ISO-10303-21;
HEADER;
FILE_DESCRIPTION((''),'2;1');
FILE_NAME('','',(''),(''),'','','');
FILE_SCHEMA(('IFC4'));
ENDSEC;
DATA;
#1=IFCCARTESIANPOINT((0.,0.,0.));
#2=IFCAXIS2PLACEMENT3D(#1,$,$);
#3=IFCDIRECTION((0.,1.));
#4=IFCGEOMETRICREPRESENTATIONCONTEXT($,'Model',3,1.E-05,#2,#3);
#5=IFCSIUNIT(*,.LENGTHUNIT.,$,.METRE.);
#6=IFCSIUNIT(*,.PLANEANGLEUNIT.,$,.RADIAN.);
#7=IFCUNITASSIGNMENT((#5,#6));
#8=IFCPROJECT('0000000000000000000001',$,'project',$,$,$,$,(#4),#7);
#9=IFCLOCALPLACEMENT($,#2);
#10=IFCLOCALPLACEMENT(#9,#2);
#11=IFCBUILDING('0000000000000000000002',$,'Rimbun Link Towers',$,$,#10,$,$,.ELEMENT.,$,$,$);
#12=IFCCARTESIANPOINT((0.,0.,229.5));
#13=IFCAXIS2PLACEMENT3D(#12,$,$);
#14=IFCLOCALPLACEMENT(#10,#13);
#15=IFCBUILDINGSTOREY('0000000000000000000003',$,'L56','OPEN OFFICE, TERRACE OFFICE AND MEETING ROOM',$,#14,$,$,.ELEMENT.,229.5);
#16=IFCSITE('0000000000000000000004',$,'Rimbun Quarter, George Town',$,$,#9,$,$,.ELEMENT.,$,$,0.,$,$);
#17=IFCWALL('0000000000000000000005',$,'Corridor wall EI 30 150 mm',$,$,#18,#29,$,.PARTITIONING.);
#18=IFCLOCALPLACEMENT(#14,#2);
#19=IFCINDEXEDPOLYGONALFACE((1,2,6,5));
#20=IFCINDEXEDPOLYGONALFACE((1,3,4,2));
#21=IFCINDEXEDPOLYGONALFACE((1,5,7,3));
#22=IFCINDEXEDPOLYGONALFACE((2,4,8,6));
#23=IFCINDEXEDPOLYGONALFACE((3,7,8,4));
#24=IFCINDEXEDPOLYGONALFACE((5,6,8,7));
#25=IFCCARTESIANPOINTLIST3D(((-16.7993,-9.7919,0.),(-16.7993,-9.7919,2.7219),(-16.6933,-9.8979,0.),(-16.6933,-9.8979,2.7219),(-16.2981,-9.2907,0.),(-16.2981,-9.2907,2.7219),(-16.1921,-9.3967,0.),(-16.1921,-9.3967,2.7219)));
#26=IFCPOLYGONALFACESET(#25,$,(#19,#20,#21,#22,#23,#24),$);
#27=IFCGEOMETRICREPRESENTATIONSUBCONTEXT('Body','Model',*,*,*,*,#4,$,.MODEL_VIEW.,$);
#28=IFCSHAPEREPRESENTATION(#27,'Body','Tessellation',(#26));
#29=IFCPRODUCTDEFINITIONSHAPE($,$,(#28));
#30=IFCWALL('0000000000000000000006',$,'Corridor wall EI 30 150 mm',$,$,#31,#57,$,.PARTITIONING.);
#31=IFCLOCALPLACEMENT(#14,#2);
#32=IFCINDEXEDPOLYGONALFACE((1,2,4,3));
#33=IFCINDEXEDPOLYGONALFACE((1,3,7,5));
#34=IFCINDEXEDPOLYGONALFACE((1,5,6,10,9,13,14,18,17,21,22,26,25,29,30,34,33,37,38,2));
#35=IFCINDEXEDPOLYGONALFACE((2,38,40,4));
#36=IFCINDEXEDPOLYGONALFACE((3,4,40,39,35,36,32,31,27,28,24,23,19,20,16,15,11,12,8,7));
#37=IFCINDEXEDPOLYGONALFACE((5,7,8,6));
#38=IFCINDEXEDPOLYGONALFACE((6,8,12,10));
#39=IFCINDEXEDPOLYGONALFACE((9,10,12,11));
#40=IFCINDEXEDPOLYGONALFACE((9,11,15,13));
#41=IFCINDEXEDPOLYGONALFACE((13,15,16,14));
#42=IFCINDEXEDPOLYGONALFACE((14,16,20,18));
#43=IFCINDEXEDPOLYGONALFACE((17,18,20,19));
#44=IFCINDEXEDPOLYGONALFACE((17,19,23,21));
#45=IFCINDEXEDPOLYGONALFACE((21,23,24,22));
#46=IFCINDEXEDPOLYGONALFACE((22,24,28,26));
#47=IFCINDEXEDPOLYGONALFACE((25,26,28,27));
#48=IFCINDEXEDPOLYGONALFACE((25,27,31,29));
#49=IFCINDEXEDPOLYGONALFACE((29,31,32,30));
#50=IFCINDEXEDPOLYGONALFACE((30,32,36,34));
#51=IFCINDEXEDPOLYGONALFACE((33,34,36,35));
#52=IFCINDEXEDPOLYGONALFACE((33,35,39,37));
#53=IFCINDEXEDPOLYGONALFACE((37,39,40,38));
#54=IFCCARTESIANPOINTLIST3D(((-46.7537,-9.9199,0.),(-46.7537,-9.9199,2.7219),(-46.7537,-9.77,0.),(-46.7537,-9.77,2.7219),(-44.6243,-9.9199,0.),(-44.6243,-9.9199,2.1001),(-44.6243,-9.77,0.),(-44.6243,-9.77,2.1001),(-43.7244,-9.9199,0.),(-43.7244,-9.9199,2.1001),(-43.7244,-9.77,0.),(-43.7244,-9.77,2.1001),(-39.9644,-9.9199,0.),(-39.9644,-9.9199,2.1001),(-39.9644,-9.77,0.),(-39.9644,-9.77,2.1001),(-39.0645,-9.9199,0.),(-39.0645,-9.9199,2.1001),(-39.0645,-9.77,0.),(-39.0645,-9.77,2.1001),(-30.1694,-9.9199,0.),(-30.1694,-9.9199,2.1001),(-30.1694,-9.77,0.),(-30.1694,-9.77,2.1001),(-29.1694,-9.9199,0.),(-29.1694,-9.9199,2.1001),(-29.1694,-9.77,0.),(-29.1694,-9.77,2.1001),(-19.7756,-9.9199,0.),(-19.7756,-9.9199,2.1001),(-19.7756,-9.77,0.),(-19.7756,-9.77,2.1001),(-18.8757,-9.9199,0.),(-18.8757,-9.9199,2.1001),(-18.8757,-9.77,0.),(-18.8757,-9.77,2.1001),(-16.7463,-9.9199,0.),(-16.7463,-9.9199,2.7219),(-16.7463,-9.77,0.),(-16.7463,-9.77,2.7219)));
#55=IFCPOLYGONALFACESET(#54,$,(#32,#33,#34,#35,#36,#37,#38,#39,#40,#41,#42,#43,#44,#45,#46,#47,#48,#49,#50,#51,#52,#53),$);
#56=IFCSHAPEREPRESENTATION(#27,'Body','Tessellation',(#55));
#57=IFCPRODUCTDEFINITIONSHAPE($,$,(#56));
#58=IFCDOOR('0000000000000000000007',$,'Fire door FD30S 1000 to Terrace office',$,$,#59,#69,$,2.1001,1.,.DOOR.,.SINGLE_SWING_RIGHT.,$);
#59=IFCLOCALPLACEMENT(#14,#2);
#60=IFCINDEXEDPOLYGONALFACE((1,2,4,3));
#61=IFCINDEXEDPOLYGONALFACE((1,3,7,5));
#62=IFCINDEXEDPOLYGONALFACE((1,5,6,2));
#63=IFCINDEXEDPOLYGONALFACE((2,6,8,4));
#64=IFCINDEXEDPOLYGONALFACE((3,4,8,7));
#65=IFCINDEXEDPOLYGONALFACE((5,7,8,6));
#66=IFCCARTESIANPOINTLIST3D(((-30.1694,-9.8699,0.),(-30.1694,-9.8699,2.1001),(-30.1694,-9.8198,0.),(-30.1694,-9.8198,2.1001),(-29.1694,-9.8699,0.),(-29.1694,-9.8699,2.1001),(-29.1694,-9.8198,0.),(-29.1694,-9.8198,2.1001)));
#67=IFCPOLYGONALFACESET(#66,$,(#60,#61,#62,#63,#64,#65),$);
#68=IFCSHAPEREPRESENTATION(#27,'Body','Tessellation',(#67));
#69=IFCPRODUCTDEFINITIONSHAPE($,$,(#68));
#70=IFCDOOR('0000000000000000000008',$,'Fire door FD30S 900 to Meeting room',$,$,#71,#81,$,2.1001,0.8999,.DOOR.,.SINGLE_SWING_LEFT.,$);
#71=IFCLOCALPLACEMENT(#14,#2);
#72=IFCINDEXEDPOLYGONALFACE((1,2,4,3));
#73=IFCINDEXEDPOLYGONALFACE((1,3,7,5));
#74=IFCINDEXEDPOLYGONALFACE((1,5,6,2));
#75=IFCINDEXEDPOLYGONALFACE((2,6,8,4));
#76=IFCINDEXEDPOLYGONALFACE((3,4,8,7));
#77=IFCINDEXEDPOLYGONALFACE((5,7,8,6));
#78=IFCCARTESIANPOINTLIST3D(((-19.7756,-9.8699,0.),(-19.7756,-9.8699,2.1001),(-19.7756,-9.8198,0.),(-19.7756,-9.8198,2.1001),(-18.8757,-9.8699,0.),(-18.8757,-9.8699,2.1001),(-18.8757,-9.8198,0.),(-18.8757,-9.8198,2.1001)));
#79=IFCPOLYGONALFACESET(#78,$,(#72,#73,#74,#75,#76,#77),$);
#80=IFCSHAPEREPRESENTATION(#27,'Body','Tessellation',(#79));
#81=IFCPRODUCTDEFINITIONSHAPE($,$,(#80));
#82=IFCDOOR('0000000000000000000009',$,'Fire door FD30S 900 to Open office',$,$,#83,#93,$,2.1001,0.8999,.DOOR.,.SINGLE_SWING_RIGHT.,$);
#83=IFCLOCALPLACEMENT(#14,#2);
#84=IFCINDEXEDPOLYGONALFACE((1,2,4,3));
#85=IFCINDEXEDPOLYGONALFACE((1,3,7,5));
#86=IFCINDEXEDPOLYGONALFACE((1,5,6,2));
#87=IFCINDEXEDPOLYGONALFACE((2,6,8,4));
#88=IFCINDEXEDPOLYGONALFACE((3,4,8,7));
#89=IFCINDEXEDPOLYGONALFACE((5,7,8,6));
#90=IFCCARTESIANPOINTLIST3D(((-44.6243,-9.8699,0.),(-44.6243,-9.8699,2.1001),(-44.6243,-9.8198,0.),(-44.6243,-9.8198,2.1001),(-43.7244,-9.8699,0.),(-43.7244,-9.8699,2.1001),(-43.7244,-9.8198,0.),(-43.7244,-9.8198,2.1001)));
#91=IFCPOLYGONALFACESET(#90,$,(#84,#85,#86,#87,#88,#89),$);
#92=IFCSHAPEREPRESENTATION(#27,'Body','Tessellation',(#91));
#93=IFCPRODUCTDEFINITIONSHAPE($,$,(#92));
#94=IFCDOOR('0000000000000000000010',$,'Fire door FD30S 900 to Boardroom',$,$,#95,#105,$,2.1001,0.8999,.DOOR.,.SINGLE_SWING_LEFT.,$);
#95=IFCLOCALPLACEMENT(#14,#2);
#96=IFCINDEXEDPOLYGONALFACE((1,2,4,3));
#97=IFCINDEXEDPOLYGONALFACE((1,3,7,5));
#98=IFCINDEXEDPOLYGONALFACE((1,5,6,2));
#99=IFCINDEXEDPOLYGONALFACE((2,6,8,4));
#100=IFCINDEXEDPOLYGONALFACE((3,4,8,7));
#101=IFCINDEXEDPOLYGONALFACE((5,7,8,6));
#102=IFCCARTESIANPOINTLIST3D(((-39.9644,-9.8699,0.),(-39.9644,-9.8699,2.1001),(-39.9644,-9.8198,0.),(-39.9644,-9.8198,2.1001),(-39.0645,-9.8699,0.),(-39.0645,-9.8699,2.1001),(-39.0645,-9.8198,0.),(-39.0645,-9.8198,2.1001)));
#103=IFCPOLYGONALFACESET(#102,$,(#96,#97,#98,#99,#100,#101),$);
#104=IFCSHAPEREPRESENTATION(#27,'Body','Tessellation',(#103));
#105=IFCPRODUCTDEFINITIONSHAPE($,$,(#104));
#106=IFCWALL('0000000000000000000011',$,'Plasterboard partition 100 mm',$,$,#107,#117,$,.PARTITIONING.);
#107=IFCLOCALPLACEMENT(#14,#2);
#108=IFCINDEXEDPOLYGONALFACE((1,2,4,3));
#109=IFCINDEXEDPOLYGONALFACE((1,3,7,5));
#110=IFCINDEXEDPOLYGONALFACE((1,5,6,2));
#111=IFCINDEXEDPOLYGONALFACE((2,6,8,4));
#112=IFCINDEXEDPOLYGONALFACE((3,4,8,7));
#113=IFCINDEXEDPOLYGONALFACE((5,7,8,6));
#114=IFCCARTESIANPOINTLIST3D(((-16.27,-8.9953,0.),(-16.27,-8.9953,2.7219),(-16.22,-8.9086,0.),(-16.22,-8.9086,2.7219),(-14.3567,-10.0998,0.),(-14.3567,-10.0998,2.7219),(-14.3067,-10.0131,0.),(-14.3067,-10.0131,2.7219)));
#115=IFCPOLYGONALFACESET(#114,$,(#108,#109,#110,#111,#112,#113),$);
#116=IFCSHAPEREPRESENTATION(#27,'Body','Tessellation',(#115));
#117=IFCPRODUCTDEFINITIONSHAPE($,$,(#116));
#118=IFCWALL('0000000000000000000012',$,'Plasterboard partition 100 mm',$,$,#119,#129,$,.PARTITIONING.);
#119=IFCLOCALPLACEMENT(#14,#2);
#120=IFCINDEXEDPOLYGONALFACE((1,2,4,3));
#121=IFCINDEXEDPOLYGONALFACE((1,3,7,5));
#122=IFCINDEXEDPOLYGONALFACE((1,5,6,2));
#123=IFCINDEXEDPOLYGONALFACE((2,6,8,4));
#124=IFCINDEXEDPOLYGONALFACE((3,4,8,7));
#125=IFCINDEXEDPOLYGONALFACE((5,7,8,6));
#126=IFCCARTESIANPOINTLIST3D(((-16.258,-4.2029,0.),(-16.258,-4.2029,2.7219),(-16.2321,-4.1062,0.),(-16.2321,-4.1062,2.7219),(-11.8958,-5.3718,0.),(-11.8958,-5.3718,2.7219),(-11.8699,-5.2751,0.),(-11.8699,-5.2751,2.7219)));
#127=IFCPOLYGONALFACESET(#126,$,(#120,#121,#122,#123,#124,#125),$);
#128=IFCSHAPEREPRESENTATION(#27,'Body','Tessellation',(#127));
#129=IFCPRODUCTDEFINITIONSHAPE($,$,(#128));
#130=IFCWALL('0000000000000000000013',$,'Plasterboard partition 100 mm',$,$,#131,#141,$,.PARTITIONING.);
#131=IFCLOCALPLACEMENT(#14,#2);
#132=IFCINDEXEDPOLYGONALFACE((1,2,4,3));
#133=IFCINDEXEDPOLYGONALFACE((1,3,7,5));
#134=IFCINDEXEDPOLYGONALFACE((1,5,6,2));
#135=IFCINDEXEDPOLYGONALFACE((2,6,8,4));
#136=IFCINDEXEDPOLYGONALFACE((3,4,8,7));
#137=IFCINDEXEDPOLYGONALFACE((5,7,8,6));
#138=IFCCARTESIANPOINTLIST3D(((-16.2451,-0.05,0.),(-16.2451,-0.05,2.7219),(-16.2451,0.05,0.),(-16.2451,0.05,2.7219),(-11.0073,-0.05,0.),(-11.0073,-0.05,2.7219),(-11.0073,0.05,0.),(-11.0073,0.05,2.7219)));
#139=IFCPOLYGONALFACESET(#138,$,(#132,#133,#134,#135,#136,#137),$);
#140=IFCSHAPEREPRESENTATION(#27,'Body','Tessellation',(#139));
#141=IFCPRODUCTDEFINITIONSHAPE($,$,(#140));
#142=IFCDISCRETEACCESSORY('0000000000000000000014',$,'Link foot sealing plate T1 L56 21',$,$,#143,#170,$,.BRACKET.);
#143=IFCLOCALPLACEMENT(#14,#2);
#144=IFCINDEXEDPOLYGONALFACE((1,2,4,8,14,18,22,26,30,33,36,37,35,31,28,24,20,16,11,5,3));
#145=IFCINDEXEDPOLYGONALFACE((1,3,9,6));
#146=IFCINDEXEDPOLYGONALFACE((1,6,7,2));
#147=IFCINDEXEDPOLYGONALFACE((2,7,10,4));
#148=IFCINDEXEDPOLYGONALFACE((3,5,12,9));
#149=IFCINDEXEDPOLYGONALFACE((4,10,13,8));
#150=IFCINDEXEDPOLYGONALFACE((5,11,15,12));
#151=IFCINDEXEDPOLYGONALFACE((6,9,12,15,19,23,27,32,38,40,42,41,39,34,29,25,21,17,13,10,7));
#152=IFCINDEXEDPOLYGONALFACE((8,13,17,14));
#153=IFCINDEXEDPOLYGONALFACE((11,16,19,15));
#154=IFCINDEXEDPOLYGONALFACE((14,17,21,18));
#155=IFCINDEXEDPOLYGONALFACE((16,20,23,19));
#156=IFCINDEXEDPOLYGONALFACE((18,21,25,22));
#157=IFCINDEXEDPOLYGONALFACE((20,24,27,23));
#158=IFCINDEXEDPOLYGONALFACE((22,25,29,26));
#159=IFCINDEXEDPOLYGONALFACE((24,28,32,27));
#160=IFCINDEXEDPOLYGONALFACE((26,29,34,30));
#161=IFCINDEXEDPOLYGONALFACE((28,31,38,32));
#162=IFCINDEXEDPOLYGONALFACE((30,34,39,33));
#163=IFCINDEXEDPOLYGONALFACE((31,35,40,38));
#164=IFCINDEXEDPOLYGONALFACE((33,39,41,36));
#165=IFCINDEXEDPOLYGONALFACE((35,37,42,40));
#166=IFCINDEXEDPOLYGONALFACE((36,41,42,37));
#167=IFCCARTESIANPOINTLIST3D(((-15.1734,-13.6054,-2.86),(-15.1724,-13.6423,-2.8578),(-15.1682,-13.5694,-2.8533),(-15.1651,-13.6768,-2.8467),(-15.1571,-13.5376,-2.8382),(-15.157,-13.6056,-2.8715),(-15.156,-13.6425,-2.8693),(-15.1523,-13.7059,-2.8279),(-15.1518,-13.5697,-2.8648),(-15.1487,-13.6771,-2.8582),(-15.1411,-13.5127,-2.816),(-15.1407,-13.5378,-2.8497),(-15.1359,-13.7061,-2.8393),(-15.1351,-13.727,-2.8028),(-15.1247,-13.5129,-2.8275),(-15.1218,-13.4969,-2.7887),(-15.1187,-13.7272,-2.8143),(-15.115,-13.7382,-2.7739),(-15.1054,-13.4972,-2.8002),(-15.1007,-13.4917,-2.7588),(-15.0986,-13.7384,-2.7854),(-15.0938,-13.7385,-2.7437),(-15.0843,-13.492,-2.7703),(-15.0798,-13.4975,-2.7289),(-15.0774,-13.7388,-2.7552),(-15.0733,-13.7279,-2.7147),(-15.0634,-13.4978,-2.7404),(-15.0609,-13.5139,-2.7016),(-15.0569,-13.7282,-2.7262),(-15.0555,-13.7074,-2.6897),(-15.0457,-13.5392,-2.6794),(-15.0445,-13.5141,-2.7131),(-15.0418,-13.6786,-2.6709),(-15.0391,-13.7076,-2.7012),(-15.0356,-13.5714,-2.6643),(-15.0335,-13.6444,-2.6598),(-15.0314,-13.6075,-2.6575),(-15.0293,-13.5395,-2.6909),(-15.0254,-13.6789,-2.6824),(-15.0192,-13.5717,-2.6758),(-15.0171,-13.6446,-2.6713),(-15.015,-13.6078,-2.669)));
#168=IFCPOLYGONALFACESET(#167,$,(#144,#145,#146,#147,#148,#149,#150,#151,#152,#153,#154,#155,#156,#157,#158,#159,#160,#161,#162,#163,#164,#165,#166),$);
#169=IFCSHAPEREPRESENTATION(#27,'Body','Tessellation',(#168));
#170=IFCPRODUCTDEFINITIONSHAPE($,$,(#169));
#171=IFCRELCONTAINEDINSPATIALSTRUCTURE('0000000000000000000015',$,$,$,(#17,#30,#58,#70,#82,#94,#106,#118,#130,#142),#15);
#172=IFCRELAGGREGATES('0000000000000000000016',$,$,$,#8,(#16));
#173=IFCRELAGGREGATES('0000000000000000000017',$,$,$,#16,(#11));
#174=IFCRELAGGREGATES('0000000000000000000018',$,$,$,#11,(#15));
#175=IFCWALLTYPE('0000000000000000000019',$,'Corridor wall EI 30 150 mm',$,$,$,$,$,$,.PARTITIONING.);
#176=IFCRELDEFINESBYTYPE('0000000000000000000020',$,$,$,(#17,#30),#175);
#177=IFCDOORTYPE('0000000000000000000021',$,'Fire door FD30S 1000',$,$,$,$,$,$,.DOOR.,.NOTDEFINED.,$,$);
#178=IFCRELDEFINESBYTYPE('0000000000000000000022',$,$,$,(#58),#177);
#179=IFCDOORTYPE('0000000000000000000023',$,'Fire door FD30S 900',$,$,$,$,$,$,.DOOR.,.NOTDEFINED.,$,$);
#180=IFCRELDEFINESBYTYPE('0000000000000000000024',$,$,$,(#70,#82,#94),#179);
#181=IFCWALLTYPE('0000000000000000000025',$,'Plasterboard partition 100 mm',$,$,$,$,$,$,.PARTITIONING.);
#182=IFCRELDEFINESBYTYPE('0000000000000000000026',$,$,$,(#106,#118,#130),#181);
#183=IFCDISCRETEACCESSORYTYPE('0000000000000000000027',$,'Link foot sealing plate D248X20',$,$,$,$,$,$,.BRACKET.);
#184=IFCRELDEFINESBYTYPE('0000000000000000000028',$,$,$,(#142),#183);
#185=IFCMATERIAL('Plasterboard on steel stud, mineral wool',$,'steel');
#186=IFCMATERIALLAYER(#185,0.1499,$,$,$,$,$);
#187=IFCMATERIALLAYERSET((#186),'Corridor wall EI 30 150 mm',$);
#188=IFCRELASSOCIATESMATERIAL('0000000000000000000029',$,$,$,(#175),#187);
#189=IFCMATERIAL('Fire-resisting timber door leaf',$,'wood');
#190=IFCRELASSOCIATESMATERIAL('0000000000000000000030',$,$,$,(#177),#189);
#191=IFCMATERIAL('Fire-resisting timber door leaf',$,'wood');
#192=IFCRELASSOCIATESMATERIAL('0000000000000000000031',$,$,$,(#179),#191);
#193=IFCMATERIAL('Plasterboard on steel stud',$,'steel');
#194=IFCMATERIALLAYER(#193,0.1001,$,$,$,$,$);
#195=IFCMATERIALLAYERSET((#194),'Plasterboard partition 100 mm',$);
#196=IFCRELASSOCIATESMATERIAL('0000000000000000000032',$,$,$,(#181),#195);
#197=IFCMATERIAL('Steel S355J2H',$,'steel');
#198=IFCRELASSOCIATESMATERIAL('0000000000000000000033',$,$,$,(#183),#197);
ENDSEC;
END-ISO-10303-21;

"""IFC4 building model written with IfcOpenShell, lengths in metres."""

from ifc_helpers import new_model, si_unit, direction, frame, frame_2d, origin, origin_2d, place, context, subcontext, project, spatial, rectangle, circle, extrude, material, layer, layer_set, material_profile, profile_set, type_object, element, fill, save


model = new_model("IFC4")

# Units and contexts
model_context = context("Model", 3, precision=1e-05, world=origin(), true_north=direction((0.0, 1.0)))
body_context = subcontext(model_context, "Body", "Model", "MODEL_VIEW")
ifc_project = project(units=[si_unit("LENGTHUNIT", "METRE"), si_unit("PLANEANGLEUNIT", "RADIAN")], contexts=[model_context])

# Site, building, storey
site_placement = place(None, origin())
site = spatial("IfcSite", under=ifc_project, at=site_placement, Name="Rimbun Quarter, George Town", CompositionType="ELEMENT", RefElevation=0.0)
building_placement = place(site_placement, origin())
building = spatial("IfcBuilding", under=site, at=building_placement, Name="Rimbun Link Towers", CompositionType="ELEMENT")
storey_placement = place(building_placement, frame((0.0, 0.0, 229.5)))
storey = spatial("IfcBuildingStorey", under=building, at=storey_placement, Name="L56", Description="OPEN OFFICE, TERRACE OFFICE AND MEETING ROOM", CompositionType="ELEMENT", Elevation=229.5)

# Wall
ifc_material_1 = material(Name="Plasterboard on steel stud, mineral wool", Category="steel")
ifc_layer_1 = layer(ifc_material_1, 0.1499)
ifc_layer_set_1 = layer_set([ifc_layer_1], Name="Corridor wall EI 30 150 mm")
wall_type_1 = type_object("IfcWallType", Name="Corridor wall EI 30 150 mm", PredefinedType="PARTITIONING", material=ifc_layer_set_1)
wall_1_placement = place(storey_placement, frame((-16.7463, -9.845, 0.0), z_axis=(0.0, 0.0, 1.0), x_axis=(0.707107, 0.707107, 0.0)))
element("IfcWall", 1, at=wall_1_placement, inside=storey, type_object=wall_type_1, Name="Corridor wall EI 30 150 mm", PredefinedType="PARTITIONING", context=body_context, shape_type="SweptSolid", body=[
    extrude(rectangle(XDim=0.7087, YDim=0.1499, at=frame_2d((0.3545, 0.0))), origin(), (0.0, 0.0, 1.0), 2.7219),
])

# Wall, openings, doors
wall_2_placement = place(storey_placement, frame((-16.7463, -9.845, 0.0), z_axis=(0.0, 0.0, 1.0), x_axis=(-1.0, 0.0, 0.0)))
wall_2 = element("IfcWall", 2, at=wall_2_placement, inside=storey, type_object=wall_type_1, Name="Corridor wall EI 30 150 mm", PredefinedType="PARTITIONING", context=body_context, shape_type="SweptSolid", body=[
    extrude(rectangle(XDim=30.0073, YDim=0.1499, at=frame_2d((15.0037, 0.0))), origin(), (0.0, 0.0, 1.0), 2.7219),
])
opening_1_placement = place(wall_2_placement, frame((2.1294, 0.0, 0.0)))
opening_1 = element("IfcOpeningElement", 3, at=opening_1_placement, cuts=wall_2, PredefinedType="OPENING", context=body_context, shape_type="SweptSolid", body=[
    extrude(rectangle(XDim=0.8999, YDim=2.1001, at=frame_2d((0.45, 1.05))), frame((0.0, 0.085, 0.0), z_axis=(0.0, -1.0, 0.0), x_axis=(1.0, 0.0, 0.0)), (0.0, 0.0, 1.0), 0.1699),
])
opening_2_placement = place(wall_2_placement, frame((26.978, 0.0, 0.0)))
opening_2 = element("IfcOpeningElement", 4, at=opening_2_placement, cuts=wall_2, PredefinedType="OPENING", context=body_context, shape_type="SweptSolid", body=[
    extrude(rectangle(XDim=0.8999, YDim=2.1001, at=frame_2d((0.45, 1.05))), frame((0.0, 0.085, 0.0), z_axis=(0.0, -1.0, 0.0), x_axis=(1.0, 0.0, 0.0)), (0.0, 0.0, 1.0), 0.1699),
])
opening_3_placement = place(wall_2_placement, frame((22.3181, 0.0, 0.0)))
opening_3 = element("IfcOpeningElement", 5, at=opening_3_placement, cuts=wall_2, PredefinedType="OPENING", context=body_context, shape_type="SweptSolid", body=[
    extrude(rectangle(XDim=0.8999, YDim=2.1001, at=frame_2d((0.45, 1.05))), frame((0.0, 0.085, 0.0), z_axis=(0.0, -1.0, 0.0), x_axis=(1.0, 0.0, 0.0)), (0.0, 0.0, 1.0), 0.1699),
])
opening_4_placement = place(wall_2_placement, frame((12.4231, 0.0, 0.0)))
opening_4 = element("IfcOpeningElement", 6, at=opening_4_placement, cuts=wall_2, PredefinedType="OPENING", context=body_context, shape_type="SweptSolid", body=[
    extrude(rectangle(XDim=1.0, YDim=2.1001, at=frame_2d((0.5, 1.05))), frame((0.0, 0.085, 0.0), z_axis=(0.0, -1.0, 0.0), x_axis=(1.0, 0.0, 0.0)), (0.0, 0.0, 1.0), 0.1699),
])
ifc_material_2 = material(Name="Fire-resisting timber door leaf", Category="wood")
door_type_1 = type_object("IfcDoorType", Name="Fire door FD30S 1000", OperationType="NOTDEFINED", PredefinedType="DOOR", material=ifc_material_2)
door_1_placement = place(opening_4_placement, origin())
door_1 = element("IfcDoor", 7, at=door_1_placement, inside=storey, type_object=door_type_1, Name="Fire door FD30S 1000 to Terrace office", OperationType="SINGLE_SWING_RIGHT", OverallHeight=2.1001, OverallWidth=1.0, PredefinedType="DOOR", context=body_context, shape_type="SweptSolid", body=[
    extrude(rectangle(XDim=1.0, YDim=2.1001, at=frame_2d((0.5, 1.05))), frame((0.0, 0.0249, 0.0), z_axis=(0.0, -1.0, 0.0), x_axis=(1.0, 0.0, 0.0)), (0.0, 0.0, 1.0), 0.05),
])
fill(opening_4, door_1)
ifc_material_3 = material(Name="Fire-resisting timber door leaf", Category="wood")
door_type_2 = type_object("IfcDoorType", Name="Fire door FD30S 900", OperationType="NOTDEFINED", PredefinedType="DOOR", material=ifc_material_3)
door_2_placement = place(opening_1_placement, origin())
door_2 = element("IfcDoor", 8, at=door_2_placement, inside=storey, type_object=door_type_2, Name="Fire door FD30S 900 to Meeting room", OperationType="SINGLE_SWING_LEFT", OverallHeight=2.1001, OverallWidth=0.8999, PredefinedType="DOOR", context=body_context, shape_type="SweptSolid", body=[
    extrude(rectangle(XDim=0.8999, YDim=2.1001, at=frame_2d((0.45, 1.05))), frame((0.0, 0.0249, 0.0), z_axis=(0.0, -1.0, 0.0), x_axis=(1.0, 0.0, 0.0)), (0.0, 0.0, 1.0), 0.05),
])
fill(opening_1, door_2)
door_3_placement = place(opening_2_placement, origin())
door_3 = element("IfcDoor", 9, at=door_3_placement, inside=storey, type_object=door_type_2, Name="Fire door FD30S 900 to Open office", OperationType="SINGLE_SWING_RIGHT", OverallHeight=2.1001, OverallWidth=0.8999, PredefinedType="DOOR", context=body_context, shape_type="SweptSolid", body=[
    extrude(rectangle(XDim=0.8999, YDim=2.1001, at=frame_2d((0.45, 1.05))), frame((0.0, 0.0249, 0.0), z_axis=(0.0, -1.0, 0.0), x_axis=(1.0, 0.0, 0.0)), (0.0, 0.0, 1.0), 0.05),
])
fill(opening_2, door_3)
door_4_placement = place(opening_3_placement, origin())
door_4 = element("IfcDoor", 10, at=door_4_placement, inside=storey, type_object=door_type_2, Name="Fire door FD30S 900 to Boardroom", OperationType="SINGLE_SWING_LEFT", OverallHeight=2.1001, OverallWidth=0.8999, PredefinedType="DOOR", context=body_context, shape_type="SweptSolid", body=[
    extrude(rectangle(XDim=0.8999, YDim=2.1001, at=frame_2d((0.45, 1.05))), frame((0.0, 0.0249, 0.0), z_axis=(0.0, -1.0, 0.0), x_axis=(1.0, 0.0, 0.0)), (0.0, 0.0, 1.0), 0.05),
])
fill(opening_3, door_4)

# Walls
ifc_material_4 = material(Name="Plasterboard on steel stud", Category="steel")
ifc_layer_2 = layer(ifc_material_4, 0.1001)
ifc_layer_set_2 = layer_set([ifc_layer_2], Name="Plasterboard partition 100 mm")
wall_type_2 = type_object("IfcWallType", Name="Plasterboard partition 100 mm", PredefinedType="PARTITIONING", material=ifc_layer_set_2)
wall_3_placement = place(storey_placement, frame((-14.3318, -10.0564, 0.0), z_axis=(0.0, 0.0, 1.0), x_axis=(-0.866059, 0.499942, 0.0)))
element("IfcWall", 11, at=wall_3_placement, inside=storey, type_object=wall_type_2, Name="Plasterboard partition 100 mm", PredefinedType="PARTITIONING", context=body_context, shape_type="SweptSolid", body=[
    extrude(rectangle(XDim=2.2092, YDim=0.1001, at=frame_2d((1.1045, 0.0))), origin(), (0.0, 0.0, 1.0), 2.7219),
])
wall_4_placement = place(storey_placement, frame((-11.8828, -5.3235, 0.0), z_axis=(0.0, 0.0, 1.0), x_axis=(-0.965922, 0.258833, 0.0)))
element("IfcWall", 12, at=wall_4_placement, inside=storey, type_object=wall_type_2, Name="Plasterboard partition 100 mm", PredefinedType="PARTITIONING", context=body_context, shape_type="SweptSolid", body=[
    extrude(rectangle(XDim=4.5161, YDim=0.1001, at=frame_2d((2.2581, 0.0))), origin(), (0.0, 0.0, 1.0), 2.7219),
])
wall_5_placement = place(storey_placement, frame((-11.0073, 0.0, 0.0), z_axis=(0.0, 0.0, 1.0), x_axis=(-1.0, 0.0, 0.0)))
element("IfcWall", 13, at=wall_5_placement, inside=storey, type_object=wall_type_2, Name="Plasterboard partition 100 mm", PredefinedType="PARTITIONING", context=body_context, shape_type="SweptSolid", body=[
    extrude(rectangle(XDim=5.2378, YDim=0.1001, at=frame_2d((2.6189, 0.0))), origin(), (0.0, 0.0, 1.0), 2.7219),
])

# Discrete accessory
ifc_material_5 = material(Name="Steel S355J2H", Category="steel")
ifc_material_profile_1 = material_profile(ifc_material_5, circle(Radius=0.124, at=origin_2d()), Name="PL D248")
ifc_profile_set_1 = profile_set([ifc_material_profile_1], Name="Steel S355J2H")
discrete_accessory_type_1 = type_object("IfcDiscreteAccessoryType", Name="Link foot sealing plate D248X20", PredefinedType="BRACKET", material=ifc_profile_set_1)
for number, where, z_axis, x_axis, name in (
    (14, (-15.1025, -13.6157, -2.7588), (0.818596, -0.012218, -0.574239), (0.014924, 0.999889, 0.0), "Link foot sealing plate T1 L56 21"),
):
    element("IfcDiscreteAccessory", number, at=place(storey_placement, frame(where, z_axis=z_axis, x_axis=x_axis)), inside=storey, type_object=discrete_accessory_type_1, Name=name, PredefinedType="BRACKET", context=body_context, shape_type="SweptSolid", body=[
        extrude(circle(Radius=0.124, at=origin_2d()), origin(), (0.0, 0.0, 1.0), 0.02),
    ])

save(model, "model.ifc")
